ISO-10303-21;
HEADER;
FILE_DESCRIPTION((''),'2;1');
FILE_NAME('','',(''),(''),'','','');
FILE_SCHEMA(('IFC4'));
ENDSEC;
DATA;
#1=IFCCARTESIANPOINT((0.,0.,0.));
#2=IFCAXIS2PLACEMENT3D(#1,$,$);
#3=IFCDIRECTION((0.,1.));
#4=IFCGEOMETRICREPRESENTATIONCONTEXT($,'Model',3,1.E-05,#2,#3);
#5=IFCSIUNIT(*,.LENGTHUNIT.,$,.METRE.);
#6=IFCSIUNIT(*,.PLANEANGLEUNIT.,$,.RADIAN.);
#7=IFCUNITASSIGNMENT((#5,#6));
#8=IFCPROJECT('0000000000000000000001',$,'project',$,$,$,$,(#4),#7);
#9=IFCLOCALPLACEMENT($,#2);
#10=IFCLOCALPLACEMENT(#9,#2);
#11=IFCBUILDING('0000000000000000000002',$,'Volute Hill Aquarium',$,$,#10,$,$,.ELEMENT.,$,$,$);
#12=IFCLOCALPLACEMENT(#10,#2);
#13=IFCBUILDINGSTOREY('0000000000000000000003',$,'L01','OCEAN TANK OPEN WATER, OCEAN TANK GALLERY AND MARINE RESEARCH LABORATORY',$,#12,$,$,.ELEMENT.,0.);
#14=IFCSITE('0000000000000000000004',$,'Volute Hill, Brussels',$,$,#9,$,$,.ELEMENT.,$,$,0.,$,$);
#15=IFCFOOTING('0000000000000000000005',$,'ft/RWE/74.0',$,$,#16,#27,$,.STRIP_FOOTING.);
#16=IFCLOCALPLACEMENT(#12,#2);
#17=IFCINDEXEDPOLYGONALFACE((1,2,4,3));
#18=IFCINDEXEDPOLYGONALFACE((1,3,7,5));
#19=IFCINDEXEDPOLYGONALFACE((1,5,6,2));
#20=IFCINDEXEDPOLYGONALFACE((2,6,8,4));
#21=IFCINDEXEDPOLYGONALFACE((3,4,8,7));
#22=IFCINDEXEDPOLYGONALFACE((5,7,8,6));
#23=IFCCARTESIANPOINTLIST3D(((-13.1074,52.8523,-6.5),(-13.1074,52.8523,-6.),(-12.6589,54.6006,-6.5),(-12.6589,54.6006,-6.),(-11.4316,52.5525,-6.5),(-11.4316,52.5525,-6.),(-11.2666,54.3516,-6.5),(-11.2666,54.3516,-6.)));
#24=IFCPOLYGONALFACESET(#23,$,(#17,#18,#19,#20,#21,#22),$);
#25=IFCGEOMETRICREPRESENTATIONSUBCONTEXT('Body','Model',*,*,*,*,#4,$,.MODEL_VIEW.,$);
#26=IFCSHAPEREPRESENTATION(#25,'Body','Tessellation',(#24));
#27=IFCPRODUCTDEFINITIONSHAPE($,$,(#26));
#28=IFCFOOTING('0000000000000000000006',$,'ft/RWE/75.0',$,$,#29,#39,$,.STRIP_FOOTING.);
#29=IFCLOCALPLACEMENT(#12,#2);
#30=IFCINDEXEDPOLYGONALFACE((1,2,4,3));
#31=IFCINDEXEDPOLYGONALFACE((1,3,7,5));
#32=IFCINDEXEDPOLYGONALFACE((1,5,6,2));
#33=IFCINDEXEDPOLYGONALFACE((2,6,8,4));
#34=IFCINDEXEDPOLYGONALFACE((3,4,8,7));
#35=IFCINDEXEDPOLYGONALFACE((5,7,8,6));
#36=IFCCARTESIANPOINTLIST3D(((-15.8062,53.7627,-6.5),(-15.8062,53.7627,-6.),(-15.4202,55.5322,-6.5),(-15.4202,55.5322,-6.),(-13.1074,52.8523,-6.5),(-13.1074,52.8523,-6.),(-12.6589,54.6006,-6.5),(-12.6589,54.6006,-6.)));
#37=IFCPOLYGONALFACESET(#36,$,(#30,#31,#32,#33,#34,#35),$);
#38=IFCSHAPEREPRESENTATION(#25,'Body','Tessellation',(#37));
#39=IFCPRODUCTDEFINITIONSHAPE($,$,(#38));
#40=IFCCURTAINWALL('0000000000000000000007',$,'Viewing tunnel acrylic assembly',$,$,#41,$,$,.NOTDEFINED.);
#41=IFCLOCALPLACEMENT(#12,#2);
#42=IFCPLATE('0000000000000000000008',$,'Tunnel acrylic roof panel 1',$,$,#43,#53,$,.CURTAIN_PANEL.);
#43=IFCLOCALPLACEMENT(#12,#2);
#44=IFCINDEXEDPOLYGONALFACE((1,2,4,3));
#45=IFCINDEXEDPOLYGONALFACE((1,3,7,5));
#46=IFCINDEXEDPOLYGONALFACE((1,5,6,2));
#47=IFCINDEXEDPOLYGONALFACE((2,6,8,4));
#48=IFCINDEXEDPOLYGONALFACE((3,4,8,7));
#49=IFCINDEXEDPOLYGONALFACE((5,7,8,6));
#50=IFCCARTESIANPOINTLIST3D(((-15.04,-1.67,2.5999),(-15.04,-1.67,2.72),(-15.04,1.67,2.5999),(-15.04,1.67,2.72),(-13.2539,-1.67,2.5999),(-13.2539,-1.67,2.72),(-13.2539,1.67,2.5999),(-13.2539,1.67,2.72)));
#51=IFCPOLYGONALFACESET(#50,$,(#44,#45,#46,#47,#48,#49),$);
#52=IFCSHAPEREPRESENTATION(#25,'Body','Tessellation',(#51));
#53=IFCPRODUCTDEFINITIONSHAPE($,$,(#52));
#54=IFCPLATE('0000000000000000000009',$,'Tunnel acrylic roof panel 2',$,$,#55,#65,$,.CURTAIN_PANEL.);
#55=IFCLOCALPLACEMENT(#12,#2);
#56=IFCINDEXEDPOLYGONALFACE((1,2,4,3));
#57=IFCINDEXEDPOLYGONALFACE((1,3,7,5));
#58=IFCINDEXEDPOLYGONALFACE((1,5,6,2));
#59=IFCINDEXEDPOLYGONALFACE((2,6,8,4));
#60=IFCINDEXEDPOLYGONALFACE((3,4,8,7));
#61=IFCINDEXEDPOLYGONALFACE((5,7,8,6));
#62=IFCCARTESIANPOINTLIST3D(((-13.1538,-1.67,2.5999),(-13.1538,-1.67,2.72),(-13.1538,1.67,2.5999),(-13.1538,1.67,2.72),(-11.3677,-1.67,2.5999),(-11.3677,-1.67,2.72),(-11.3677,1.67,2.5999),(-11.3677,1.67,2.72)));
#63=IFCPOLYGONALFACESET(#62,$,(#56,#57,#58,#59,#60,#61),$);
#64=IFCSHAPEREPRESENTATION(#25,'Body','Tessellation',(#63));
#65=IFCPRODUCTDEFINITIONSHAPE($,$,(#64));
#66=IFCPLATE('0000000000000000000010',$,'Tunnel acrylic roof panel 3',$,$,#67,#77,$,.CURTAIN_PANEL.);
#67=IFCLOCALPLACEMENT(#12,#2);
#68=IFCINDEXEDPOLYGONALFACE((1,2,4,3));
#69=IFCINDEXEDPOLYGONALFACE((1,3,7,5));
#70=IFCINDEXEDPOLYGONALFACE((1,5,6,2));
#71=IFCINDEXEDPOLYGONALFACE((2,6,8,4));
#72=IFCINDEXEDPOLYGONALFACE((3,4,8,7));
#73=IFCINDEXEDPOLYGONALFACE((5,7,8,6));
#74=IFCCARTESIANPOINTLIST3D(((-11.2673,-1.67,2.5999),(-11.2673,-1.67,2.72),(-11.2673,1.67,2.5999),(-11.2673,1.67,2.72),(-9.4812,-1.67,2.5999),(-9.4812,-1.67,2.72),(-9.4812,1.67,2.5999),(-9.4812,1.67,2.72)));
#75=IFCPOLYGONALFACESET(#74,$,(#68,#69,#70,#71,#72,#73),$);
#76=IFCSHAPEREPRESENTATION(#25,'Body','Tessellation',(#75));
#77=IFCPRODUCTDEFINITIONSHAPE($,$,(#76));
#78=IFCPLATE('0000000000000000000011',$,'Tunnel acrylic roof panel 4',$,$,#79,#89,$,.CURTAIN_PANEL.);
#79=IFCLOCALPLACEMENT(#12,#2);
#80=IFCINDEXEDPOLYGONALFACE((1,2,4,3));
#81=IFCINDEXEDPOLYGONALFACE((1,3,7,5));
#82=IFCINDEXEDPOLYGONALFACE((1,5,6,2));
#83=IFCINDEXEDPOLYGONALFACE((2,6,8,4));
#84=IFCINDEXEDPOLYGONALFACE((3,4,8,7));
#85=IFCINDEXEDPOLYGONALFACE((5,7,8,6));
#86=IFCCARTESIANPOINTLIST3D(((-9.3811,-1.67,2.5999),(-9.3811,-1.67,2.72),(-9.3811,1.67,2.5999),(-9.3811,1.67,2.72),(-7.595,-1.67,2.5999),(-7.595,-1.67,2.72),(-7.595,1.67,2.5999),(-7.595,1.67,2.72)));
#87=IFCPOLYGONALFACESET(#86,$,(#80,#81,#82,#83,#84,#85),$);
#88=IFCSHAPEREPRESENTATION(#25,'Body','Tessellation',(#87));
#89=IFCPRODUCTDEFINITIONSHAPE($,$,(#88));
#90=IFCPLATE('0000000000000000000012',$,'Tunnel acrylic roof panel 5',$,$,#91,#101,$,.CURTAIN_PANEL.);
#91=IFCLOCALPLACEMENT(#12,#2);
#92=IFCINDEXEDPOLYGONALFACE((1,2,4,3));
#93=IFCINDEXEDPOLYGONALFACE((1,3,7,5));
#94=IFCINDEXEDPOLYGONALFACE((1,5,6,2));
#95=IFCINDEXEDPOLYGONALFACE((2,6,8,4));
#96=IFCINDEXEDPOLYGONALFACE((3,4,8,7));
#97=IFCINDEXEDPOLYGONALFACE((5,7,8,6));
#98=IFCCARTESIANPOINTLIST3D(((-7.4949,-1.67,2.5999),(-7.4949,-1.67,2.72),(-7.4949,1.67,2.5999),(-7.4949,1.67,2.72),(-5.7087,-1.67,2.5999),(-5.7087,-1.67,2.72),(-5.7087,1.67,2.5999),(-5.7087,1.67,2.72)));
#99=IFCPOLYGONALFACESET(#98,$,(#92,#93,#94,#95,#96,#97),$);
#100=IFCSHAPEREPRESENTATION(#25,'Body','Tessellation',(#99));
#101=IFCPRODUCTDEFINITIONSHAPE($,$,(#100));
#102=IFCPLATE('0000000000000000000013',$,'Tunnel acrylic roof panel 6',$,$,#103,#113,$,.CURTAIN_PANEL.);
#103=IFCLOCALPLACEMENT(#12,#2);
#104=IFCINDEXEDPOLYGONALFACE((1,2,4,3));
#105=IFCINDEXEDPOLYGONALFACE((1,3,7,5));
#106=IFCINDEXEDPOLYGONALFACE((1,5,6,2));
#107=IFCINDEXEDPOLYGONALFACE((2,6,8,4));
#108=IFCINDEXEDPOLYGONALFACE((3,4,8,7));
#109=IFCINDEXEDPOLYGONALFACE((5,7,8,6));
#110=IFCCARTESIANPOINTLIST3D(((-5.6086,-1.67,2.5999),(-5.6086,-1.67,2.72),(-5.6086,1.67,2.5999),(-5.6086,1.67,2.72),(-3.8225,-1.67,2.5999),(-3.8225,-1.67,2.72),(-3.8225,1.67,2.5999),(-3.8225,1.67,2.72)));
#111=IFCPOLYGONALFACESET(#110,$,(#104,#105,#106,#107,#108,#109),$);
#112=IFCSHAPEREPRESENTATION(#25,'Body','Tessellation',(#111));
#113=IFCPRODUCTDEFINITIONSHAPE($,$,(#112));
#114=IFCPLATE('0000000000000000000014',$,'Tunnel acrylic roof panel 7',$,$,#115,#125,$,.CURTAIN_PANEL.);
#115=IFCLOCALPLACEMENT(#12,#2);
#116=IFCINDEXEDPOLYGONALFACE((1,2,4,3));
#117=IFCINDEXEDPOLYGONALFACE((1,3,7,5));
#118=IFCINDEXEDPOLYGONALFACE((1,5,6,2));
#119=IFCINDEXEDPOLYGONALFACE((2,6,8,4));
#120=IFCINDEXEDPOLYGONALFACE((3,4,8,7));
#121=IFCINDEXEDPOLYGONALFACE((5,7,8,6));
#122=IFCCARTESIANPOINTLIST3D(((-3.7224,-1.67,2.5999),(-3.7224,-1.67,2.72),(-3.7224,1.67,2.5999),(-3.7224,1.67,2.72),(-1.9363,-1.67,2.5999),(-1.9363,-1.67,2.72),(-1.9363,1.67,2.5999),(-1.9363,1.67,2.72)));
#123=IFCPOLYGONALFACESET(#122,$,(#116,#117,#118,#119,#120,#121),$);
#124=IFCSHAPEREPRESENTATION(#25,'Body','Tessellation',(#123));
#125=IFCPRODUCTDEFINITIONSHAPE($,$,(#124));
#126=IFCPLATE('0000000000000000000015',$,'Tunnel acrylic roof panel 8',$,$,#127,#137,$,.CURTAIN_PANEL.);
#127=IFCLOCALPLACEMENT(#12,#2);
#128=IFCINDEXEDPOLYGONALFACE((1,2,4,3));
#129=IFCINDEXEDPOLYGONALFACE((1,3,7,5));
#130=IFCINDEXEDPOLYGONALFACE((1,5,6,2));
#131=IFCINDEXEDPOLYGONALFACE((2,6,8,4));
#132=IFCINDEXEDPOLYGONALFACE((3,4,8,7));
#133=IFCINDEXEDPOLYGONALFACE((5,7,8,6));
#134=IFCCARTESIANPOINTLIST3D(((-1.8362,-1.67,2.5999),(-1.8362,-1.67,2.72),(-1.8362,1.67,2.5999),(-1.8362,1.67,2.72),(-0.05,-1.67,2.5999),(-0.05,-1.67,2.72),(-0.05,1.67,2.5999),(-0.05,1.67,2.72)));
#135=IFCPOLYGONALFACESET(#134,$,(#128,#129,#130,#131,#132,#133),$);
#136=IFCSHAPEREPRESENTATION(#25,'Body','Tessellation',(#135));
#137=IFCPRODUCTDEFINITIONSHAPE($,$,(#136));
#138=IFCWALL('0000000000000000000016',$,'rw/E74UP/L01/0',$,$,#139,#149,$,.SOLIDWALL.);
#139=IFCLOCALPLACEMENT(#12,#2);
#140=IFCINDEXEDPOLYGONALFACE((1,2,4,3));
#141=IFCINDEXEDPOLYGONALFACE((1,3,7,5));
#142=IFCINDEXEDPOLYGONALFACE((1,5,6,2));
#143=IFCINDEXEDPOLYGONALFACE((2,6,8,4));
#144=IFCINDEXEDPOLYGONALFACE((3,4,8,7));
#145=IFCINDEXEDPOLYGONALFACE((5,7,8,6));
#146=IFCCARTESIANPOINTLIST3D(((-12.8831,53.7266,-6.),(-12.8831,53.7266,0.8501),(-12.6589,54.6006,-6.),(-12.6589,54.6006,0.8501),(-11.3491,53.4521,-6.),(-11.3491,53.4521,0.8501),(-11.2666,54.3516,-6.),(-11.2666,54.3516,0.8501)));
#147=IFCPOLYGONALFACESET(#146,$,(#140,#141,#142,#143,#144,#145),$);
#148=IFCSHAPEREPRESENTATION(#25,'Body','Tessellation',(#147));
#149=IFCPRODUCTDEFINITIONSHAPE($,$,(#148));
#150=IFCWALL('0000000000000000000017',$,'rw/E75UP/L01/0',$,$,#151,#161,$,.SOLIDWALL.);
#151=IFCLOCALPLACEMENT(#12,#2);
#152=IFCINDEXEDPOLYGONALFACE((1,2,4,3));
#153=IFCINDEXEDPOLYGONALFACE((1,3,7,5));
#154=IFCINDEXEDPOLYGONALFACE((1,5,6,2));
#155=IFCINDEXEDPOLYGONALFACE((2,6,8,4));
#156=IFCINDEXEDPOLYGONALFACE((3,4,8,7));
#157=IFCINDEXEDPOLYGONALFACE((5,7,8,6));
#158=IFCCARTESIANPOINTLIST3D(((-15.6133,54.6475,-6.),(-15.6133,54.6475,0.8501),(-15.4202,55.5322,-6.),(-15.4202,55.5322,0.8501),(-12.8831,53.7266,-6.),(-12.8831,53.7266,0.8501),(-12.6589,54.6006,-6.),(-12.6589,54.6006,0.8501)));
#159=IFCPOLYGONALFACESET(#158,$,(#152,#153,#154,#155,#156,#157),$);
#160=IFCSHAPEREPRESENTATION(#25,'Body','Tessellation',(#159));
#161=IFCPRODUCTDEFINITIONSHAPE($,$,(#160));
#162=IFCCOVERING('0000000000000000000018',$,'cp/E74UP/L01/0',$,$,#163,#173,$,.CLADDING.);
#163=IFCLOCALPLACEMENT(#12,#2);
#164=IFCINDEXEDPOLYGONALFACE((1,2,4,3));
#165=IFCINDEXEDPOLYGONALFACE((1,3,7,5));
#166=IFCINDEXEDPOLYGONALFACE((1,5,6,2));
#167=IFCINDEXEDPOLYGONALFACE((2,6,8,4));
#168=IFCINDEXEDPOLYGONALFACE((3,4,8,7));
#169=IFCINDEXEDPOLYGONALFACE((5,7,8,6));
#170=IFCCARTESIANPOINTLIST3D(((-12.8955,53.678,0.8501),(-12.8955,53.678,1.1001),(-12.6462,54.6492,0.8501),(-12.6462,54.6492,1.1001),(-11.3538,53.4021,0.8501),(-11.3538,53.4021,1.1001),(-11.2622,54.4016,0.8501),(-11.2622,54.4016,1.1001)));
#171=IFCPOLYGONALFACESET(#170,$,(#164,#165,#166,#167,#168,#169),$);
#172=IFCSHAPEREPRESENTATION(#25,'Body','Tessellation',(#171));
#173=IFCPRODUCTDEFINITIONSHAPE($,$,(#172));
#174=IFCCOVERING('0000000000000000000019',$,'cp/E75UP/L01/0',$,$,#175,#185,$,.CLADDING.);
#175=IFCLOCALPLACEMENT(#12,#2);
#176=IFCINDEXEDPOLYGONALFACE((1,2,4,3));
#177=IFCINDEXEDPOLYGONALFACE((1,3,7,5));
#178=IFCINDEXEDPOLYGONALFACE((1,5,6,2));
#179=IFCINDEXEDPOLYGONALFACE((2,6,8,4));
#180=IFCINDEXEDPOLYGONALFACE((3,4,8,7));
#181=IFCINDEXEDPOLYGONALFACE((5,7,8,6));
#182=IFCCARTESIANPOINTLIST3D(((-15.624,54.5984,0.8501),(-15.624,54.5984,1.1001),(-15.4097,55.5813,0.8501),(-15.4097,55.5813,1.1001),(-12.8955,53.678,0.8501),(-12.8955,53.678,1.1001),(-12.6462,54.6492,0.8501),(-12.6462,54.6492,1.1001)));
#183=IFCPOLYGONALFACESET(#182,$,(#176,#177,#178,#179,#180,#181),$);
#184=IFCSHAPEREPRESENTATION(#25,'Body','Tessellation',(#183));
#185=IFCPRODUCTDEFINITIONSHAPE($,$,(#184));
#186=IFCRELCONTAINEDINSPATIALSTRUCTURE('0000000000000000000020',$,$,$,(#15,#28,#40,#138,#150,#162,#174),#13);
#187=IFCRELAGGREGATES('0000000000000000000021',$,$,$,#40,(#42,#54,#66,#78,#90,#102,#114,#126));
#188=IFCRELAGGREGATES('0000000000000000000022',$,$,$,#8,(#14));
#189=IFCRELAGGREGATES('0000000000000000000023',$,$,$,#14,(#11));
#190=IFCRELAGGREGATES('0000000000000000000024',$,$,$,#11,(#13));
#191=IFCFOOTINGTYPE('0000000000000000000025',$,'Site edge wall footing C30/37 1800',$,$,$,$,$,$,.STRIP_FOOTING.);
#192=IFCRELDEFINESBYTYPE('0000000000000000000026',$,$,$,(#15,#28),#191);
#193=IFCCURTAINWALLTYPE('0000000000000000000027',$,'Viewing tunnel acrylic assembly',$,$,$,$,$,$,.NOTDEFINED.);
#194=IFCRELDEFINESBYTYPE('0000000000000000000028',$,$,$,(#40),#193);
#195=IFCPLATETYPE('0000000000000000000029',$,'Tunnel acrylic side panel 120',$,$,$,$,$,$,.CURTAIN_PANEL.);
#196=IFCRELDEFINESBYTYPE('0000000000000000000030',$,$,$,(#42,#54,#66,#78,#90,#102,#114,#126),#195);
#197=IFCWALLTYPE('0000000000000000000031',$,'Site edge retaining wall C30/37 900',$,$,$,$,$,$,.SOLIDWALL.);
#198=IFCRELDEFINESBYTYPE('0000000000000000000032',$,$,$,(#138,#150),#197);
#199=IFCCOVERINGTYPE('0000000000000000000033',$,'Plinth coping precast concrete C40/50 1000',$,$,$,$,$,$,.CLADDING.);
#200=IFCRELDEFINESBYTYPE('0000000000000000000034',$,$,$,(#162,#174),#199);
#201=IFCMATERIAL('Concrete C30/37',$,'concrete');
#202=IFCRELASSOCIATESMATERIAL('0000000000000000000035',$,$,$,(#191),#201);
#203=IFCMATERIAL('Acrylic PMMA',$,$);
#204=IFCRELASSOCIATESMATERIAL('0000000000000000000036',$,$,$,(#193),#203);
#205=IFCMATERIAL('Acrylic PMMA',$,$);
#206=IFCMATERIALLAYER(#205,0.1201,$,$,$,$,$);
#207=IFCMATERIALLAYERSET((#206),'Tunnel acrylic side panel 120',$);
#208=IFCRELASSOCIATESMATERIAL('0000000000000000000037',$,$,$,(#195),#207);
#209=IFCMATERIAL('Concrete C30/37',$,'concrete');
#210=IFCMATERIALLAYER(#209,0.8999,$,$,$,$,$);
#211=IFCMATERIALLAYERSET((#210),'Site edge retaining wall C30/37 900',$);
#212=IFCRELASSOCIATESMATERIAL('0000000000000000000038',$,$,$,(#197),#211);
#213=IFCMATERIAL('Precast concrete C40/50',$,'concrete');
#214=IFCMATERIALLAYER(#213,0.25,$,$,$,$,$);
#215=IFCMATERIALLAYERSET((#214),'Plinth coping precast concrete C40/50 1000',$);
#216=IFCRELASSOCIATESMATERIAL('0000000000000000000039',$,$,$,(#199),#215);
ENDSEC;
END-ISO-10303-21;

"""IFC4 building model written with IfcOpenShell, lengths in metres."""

from ifc_helpers import new_model, si_unit, direction, frame, origin, origin_2d, place, context, subcontext, project, spatial, polyline, rectangle, outline, extrude, material, layer, layer_set, type_object, element, aggregate, save


model = new_model("IFC4")

# Units and contexts
model_context = context("Model", 3, precision=1e-05, world=origin(), true_north=direction((0.0, 1.0)))
body_context = subcontext(model_context, "Body", "Model", "MODEL_VIEW")
ifc_project = project(units=[si_unit("LENGTHUNIT", "METRE"), si_unit("PLANEANGLEUNIT", "RADIAN")], contexts=[model_context])

# Site, building, storey
site_placement = place(None, origin())
site = spatial("IfcSite", under=ifc_project, at=site_placement, Name="Volute Hill, Brussels", CompositionType="ELEMENT", RefElevation=0.0)
building_placement = place(site_placement, origin())
building = spatial("IfcBuilding", under=site, at=building_placement, Name="Volute Hill Aquarium", CompositionType="ELEMENT")
storey_placement = place(building_placement, origin())
storey = spatial("IfcBuildingStorey", under=building, at=storey_placement, Name="L01", Description="OCEAN TANK OPEN WATER, OCEAN TANK GALLERY AND MARINE RESEARCH LABORATORY", CompositionType="ELEMENT", Elevation=0.0)

# Footings
ifc_material_1 = material(Name="Concrete C30/37", Category="concrete")
footing_type = type_object("IfcFootingType", Name="Site edge wall footing C30/37 1800", PredefinedType="STRIP_FOOTING", material=ifc_material_1)
footing_1_placement = place(storey_placement, frame((0.0, 0.0, -6.5)))
element("IfcFooting", 1, at=footing_1_placement, inside=storey, type_object=footing_type, Name="ft/RWE/74.0", PredefinedType="STRIP_FOOTING", context=body_context, shape_type="SweptSolid", body=[
    extrude(outline(polyline([(-12.6589, 54.6006), (-12.6589, 54.6006), (-13.1074, 52.8523), (-13.1074, 52.8523), (-11.4316, 52.5525), (-11.4316, 52.5525), (-11.2666, 54.3516), (-11.2666, 54.3516), (-12.6589, 54.6006)])), origin(), (0.0, 0.0, 1.0), 0.5),
])
footing_2_placement = place(storey_placement, frame((0.0, 0.0, -6.5)))
element("IfcFooting", 2, at=footing_2_placement, inside=storey, type_object=footing_type, Name="ft/RWE/75.0", PredefinedType="STRIP_FOOTING", context=body_context, shape_type="SweptSolid", body=[
    extrude(outline(polyline([(-12.6589, 54.6006), (-15.4202, 55.5322), (-15.8062, 53.7627), (-13.1074, 52.8523), (-12.6589, 54.6006)])), origin(), (0.0, 0.0, 1.0), 0.5),
])

# Curtain wall, plates
ifc_material_2 = material(Name="Acrylic PMMA")
curtain_wall_type = type_object("IfcCurtainWallType", Name="Viewing tunnel acrylic assembly", PredefinedType="NOTDEFINED", material=ifc_material_2)
curtain_wall_placement = place(storey_placement, origin())
curtain_wall = element("IfcCurtainWall", 3, at=curtain_wall_placement, inside=storey, type_object=curtain_wall_type, Name="Viewing tunnel acrylic assembly", PredefinedType="NOTDEFINED")
ifc_material_3 = material(Name="Acrylic PMMA")
ifc_layer_1 = layer(ifc_material_3, 0.1201)
ifc_layer_set_1 = layer_set([ifc_layer_1], Name="Tunnel acrylic side panel 120")
plate_type = type_object("IfcPlateType", Name="Tunnel acrylic side panel 120", PredefinedType="CURTAIN_PANEL", material=ifc_layer_set_1)
plate_1_placement = place(storey_placement, frame((-14.147, 0.0, 2.5999), z_axis=(0.0, 0.0, 1.0), x_axis=(1.0, 0.0, 0.0)))
plate_1 = element("IfcPlate", 4, at=plate_1_placement, type_object=plate_type, Name="Tunnel acrylic roof panel 1", PredefinedType="CURTAIN_PANEL", context=body_context, shape_type="SweptSolid", body=[
    extrude(rectangle(XDim=1.7861, YDim=3.3401, at=origin_2d()), origin(), (0.0, 0.0, 1.0), 0.1201),
])
plate_2_placement = place(storey_placement, frame((-12.2607, 0.0, 2.5999), z_axis=(0.0, 0.0, 1.0), x_axis=(1.0, 0.0, 0.0)))
plate_2 = element("IfcPlate", 5, at=plate_2_placement, type_object=plate_type, Name="Tunnel acrylic roof panel 2", PredefinedType="CURTAIN_PANEL", context=body_context, shape_type="SweptSolid", body=[
    extrude(rectangle(XDim=1.7861, YDim=3.3401, at=origin_2d()), origin(), (0.0, 0.0, 1.0), 0.1201),
])
plate_3_placement = place(storey_placement, frame((-10.3743, 0.0, 2.5999), z_axis=(0.0, 0.0, 1.0), x_axis=(1.0, 0.0, 0.0)))
plate_3 = element("IfcPlate", 6, at=plate_3_placement, type_object=plate_type, Name="Tunnel acrylic roof panel 3", PredefinedType="CURTAIN_PANEL", context=body_context, shape_type="SweptSolid", body=[
    extrude(rectangle(XDim=1.7861, YDim=3.3401, at=origin_2d()), origin(), (0.0, 0.0, 1.0), 0.1201),
])
plate_4_placement = place(storey_placement, frame((-8.488, 0.0, 2.5999), z_axis=(0.0, 0.0, 1.0), x_axis=(1.0, 0.0, 0.0)))
plate_4 = element("IfcPlate", 7, at=plate_4_placement, type_object=plate_type, Name="Tunnel acrylic roof panel 4", PredefinedType="CURTAIN_PANEL", context=body_context, shape_type="SweptSolid", body=[
    extrude(rectangle(XDim=1.7861, YDim=3.3401, at=origin_2d()), origin(), (0.0, 0.0, 1.0), 0.1201),
])
plate_5_placement = place(storey_placement, frame((-6.6018, 0.0, 2.5999), z_axis=(0.0, 0.0, 1.0), x_axis=(1.0, 0.0, 0.0)))
plate_5 = element("IfcPlate", 8, at=plate_5_placement, type_object=plate_type, Name="Tunnel acrylic roof panel 5", PredefinedType="CURTAIN_PANEL", context=body_context, shape_type="SweptSolid", body=[
    extrude(rectangle(XDim=1.7861, YDim=3.3401, at=origin_2d()), origin(), (0.0, 0.0, 1.0), 0.1201),
])
plate_6_placement = place(storey_placement, frame((-4.7156, 0.0, 2.5999), z_axis=(0.0, 0.0, 1.0), x_axis=(1.0, 0.0, 0.0)))
plate_6 = element("IfcPlate", 9, at=plate_6_placement, type_object=plate_type, Name="Tunnel acrylic roof panel 6", PredefinedType="CURTAIN_PANEL", context=body_context, shape_type="SweptSolid", body=[
    extrude(rectangle(XDim=1.7861, YDim=3.3401, at=origin_2d()), origin(), (0.0, 0.0, 1.0), 0.1201),
])
plate_7_placement = place(storey_placement, frame((-2.8293, 0.0, 2.5999), z_axis=(0.0, 0.0, 1.0), x_axis=(1.0, 0.0, 0.0)))
plate_7 = element("IfcPlate", 10, at=plate_7_placement, type_object=plate_type, Name="Tunnel acrylic roof panel 7", PredefinedType="CURTAIN_PANEL", context=body_context, shape_type="SweptSolid", body=[
    extrude(rectangle(XDim=1.7861, YDim=3.3401, at=origin_2d()), origin(), (0.0, 0.0, 1.0), 0.1201),
])
plate_8_placement = place(storey_placement, frame((-0.9431, 0.0, 2.5999), z_axis=(0.0, 0.0, 1.0), x_axis=(1.0, 0.0, 0.0)))
plate_8 = element("IfcPlate", 11, at=plate_8_placement, type_object=plate_type, Name="Tunnel acrylic roof panel 8", PredefinedType="CURTAIN_PANEL", context=body_context, shape_type="SweptSolid", body=[
    extrude(rectangle(XDim=1.7861, YDim=3.3401, at=origin_2d()), origin(), (0.0, 0.0, 1.0), 0.1201),
])
aggregate(curtain_wall, [plate_1, plate_2, plate_3, plate_4, plate_5, plate_6, plate_7, plate_8])

# Walls
ifc_material_4 = material(Name="Concrete C30/37", Category="concrete")
ifc_layer_2 = layer(ifc_material_4, 0.8999)
ifc_layer_set_2 = layer_set([ifc_layer_2], Name="Site edge retaining wall C30/37 900")
wall_type = type_object("IfcWallType", Name="Site edge retaining wall C30/37 900", PredefinedType="SOLIDWALL", material=ifc_layer_set_2)
wall_1_placement = place(storey_placement, frame((0.0, 0.0, -6.0)))
element("IfcWall", 12, at=wall_1_placement, inside=storey, type_object=wall_type, Name="rw/E74UP/L01/0", PredefinedType="SOLIDWALL", context=body_context, shape_type="SweptSolid", body=[
    extrude(outline(polyline([(-12.6589, 54.6006), (-12.6589, 54.6006), (-12.8831, 53.7266), (-12.8831, 53.7266), (-11.3491, 53.4521), (-11.3491, 53.4521), (-11.2666, 54.3516), (-11.2666, 54.3516), (-12.6589, 54.6006)])), origin(), (0.0, 0.0, 1.0), 6.8501),
])
wall_2_placement = place(storey_placement, frame((0.0, 0.0, -6.0)))
element("IfcWall", 13, at=wall_2_placement, inside=storey, type_object=wall_type, Name="rw/E75UP/L01/0", PredefinedType="SOLIDWALL", context=body_context, shape_type="SweptSolid", body=[
    extrude(outline(polyline([(-12.6589, 54.6006), (-15.4202, 55.5322), (-15.6133, 54.6475), (-15.6133, 54.6475), (-12.8831, 53.7266), (-12.6589, 54.6006)])), origin(), (0.0, 0.0, 1.0), 6.8501),
])

# Coverings
ifc_material_5 = material(Name="Precast concrete C40/50", Category="concrete")
ifc_layer_3 = layer(ifc_material_5, 0.25)
ifc_layer_set_3 = layer_set([ifc_layer_3], Name="Plinth coping precast concrete C40/50 1000")
covering_type_1 = type_object("IfcCoveringType", Name="Plinth coping precast concrete C40/50 1000", PredefinedType="CLADDING", material=ifc_layer_set_3)
covering_1_placement = place(storey_placement, frame((0.0, 0.0, 0.8501)))
element("IfcCovering", 14, at=covering_1_placement, inside=storey, type_object=covering_type_1, Name="cp/E74UP/L01/0", PredefinedType="CLADDING", context=body_context, shape_type="SweptSolid", body=[
    extrude(outline(polyline([(-12.6462, 54.6492), (-12.6462, 54.6492), (-12.8955, 53.678), (-12.8955, 53.678), (-11.3538, 53.4021), (-11.3538, 53.4021), (-11.2622, 54.4016), (-11.2622, 54.4016), (-12.6462, 54.6492)])), origin(), (0.0, 0.0, 1.0), 0.25),
])
covering_2_placement = place(storey_placement, frame((0.0, 0.0, 0.8501)))
element("IfcCovering", 15, at=covering_2_placement, inside=storey, type_object=covering_type_1, Name="cp/E75UP/L01/0", PredefinedType="CLADDING", context=body_context, shape_type="SweptSolid", body=[
    extrude(outline(polyline([(-15.4097, 55.5813), (-15.4097, 55.5813), (-15.624, 54.5984), (-12.8955, 53.678), (-12.6462, 54.6492), (-15.4097, 55.5813)])), origin(), (0.0, 0.0, 1.0), 0.25),
])

save(model, "model.ifc")
